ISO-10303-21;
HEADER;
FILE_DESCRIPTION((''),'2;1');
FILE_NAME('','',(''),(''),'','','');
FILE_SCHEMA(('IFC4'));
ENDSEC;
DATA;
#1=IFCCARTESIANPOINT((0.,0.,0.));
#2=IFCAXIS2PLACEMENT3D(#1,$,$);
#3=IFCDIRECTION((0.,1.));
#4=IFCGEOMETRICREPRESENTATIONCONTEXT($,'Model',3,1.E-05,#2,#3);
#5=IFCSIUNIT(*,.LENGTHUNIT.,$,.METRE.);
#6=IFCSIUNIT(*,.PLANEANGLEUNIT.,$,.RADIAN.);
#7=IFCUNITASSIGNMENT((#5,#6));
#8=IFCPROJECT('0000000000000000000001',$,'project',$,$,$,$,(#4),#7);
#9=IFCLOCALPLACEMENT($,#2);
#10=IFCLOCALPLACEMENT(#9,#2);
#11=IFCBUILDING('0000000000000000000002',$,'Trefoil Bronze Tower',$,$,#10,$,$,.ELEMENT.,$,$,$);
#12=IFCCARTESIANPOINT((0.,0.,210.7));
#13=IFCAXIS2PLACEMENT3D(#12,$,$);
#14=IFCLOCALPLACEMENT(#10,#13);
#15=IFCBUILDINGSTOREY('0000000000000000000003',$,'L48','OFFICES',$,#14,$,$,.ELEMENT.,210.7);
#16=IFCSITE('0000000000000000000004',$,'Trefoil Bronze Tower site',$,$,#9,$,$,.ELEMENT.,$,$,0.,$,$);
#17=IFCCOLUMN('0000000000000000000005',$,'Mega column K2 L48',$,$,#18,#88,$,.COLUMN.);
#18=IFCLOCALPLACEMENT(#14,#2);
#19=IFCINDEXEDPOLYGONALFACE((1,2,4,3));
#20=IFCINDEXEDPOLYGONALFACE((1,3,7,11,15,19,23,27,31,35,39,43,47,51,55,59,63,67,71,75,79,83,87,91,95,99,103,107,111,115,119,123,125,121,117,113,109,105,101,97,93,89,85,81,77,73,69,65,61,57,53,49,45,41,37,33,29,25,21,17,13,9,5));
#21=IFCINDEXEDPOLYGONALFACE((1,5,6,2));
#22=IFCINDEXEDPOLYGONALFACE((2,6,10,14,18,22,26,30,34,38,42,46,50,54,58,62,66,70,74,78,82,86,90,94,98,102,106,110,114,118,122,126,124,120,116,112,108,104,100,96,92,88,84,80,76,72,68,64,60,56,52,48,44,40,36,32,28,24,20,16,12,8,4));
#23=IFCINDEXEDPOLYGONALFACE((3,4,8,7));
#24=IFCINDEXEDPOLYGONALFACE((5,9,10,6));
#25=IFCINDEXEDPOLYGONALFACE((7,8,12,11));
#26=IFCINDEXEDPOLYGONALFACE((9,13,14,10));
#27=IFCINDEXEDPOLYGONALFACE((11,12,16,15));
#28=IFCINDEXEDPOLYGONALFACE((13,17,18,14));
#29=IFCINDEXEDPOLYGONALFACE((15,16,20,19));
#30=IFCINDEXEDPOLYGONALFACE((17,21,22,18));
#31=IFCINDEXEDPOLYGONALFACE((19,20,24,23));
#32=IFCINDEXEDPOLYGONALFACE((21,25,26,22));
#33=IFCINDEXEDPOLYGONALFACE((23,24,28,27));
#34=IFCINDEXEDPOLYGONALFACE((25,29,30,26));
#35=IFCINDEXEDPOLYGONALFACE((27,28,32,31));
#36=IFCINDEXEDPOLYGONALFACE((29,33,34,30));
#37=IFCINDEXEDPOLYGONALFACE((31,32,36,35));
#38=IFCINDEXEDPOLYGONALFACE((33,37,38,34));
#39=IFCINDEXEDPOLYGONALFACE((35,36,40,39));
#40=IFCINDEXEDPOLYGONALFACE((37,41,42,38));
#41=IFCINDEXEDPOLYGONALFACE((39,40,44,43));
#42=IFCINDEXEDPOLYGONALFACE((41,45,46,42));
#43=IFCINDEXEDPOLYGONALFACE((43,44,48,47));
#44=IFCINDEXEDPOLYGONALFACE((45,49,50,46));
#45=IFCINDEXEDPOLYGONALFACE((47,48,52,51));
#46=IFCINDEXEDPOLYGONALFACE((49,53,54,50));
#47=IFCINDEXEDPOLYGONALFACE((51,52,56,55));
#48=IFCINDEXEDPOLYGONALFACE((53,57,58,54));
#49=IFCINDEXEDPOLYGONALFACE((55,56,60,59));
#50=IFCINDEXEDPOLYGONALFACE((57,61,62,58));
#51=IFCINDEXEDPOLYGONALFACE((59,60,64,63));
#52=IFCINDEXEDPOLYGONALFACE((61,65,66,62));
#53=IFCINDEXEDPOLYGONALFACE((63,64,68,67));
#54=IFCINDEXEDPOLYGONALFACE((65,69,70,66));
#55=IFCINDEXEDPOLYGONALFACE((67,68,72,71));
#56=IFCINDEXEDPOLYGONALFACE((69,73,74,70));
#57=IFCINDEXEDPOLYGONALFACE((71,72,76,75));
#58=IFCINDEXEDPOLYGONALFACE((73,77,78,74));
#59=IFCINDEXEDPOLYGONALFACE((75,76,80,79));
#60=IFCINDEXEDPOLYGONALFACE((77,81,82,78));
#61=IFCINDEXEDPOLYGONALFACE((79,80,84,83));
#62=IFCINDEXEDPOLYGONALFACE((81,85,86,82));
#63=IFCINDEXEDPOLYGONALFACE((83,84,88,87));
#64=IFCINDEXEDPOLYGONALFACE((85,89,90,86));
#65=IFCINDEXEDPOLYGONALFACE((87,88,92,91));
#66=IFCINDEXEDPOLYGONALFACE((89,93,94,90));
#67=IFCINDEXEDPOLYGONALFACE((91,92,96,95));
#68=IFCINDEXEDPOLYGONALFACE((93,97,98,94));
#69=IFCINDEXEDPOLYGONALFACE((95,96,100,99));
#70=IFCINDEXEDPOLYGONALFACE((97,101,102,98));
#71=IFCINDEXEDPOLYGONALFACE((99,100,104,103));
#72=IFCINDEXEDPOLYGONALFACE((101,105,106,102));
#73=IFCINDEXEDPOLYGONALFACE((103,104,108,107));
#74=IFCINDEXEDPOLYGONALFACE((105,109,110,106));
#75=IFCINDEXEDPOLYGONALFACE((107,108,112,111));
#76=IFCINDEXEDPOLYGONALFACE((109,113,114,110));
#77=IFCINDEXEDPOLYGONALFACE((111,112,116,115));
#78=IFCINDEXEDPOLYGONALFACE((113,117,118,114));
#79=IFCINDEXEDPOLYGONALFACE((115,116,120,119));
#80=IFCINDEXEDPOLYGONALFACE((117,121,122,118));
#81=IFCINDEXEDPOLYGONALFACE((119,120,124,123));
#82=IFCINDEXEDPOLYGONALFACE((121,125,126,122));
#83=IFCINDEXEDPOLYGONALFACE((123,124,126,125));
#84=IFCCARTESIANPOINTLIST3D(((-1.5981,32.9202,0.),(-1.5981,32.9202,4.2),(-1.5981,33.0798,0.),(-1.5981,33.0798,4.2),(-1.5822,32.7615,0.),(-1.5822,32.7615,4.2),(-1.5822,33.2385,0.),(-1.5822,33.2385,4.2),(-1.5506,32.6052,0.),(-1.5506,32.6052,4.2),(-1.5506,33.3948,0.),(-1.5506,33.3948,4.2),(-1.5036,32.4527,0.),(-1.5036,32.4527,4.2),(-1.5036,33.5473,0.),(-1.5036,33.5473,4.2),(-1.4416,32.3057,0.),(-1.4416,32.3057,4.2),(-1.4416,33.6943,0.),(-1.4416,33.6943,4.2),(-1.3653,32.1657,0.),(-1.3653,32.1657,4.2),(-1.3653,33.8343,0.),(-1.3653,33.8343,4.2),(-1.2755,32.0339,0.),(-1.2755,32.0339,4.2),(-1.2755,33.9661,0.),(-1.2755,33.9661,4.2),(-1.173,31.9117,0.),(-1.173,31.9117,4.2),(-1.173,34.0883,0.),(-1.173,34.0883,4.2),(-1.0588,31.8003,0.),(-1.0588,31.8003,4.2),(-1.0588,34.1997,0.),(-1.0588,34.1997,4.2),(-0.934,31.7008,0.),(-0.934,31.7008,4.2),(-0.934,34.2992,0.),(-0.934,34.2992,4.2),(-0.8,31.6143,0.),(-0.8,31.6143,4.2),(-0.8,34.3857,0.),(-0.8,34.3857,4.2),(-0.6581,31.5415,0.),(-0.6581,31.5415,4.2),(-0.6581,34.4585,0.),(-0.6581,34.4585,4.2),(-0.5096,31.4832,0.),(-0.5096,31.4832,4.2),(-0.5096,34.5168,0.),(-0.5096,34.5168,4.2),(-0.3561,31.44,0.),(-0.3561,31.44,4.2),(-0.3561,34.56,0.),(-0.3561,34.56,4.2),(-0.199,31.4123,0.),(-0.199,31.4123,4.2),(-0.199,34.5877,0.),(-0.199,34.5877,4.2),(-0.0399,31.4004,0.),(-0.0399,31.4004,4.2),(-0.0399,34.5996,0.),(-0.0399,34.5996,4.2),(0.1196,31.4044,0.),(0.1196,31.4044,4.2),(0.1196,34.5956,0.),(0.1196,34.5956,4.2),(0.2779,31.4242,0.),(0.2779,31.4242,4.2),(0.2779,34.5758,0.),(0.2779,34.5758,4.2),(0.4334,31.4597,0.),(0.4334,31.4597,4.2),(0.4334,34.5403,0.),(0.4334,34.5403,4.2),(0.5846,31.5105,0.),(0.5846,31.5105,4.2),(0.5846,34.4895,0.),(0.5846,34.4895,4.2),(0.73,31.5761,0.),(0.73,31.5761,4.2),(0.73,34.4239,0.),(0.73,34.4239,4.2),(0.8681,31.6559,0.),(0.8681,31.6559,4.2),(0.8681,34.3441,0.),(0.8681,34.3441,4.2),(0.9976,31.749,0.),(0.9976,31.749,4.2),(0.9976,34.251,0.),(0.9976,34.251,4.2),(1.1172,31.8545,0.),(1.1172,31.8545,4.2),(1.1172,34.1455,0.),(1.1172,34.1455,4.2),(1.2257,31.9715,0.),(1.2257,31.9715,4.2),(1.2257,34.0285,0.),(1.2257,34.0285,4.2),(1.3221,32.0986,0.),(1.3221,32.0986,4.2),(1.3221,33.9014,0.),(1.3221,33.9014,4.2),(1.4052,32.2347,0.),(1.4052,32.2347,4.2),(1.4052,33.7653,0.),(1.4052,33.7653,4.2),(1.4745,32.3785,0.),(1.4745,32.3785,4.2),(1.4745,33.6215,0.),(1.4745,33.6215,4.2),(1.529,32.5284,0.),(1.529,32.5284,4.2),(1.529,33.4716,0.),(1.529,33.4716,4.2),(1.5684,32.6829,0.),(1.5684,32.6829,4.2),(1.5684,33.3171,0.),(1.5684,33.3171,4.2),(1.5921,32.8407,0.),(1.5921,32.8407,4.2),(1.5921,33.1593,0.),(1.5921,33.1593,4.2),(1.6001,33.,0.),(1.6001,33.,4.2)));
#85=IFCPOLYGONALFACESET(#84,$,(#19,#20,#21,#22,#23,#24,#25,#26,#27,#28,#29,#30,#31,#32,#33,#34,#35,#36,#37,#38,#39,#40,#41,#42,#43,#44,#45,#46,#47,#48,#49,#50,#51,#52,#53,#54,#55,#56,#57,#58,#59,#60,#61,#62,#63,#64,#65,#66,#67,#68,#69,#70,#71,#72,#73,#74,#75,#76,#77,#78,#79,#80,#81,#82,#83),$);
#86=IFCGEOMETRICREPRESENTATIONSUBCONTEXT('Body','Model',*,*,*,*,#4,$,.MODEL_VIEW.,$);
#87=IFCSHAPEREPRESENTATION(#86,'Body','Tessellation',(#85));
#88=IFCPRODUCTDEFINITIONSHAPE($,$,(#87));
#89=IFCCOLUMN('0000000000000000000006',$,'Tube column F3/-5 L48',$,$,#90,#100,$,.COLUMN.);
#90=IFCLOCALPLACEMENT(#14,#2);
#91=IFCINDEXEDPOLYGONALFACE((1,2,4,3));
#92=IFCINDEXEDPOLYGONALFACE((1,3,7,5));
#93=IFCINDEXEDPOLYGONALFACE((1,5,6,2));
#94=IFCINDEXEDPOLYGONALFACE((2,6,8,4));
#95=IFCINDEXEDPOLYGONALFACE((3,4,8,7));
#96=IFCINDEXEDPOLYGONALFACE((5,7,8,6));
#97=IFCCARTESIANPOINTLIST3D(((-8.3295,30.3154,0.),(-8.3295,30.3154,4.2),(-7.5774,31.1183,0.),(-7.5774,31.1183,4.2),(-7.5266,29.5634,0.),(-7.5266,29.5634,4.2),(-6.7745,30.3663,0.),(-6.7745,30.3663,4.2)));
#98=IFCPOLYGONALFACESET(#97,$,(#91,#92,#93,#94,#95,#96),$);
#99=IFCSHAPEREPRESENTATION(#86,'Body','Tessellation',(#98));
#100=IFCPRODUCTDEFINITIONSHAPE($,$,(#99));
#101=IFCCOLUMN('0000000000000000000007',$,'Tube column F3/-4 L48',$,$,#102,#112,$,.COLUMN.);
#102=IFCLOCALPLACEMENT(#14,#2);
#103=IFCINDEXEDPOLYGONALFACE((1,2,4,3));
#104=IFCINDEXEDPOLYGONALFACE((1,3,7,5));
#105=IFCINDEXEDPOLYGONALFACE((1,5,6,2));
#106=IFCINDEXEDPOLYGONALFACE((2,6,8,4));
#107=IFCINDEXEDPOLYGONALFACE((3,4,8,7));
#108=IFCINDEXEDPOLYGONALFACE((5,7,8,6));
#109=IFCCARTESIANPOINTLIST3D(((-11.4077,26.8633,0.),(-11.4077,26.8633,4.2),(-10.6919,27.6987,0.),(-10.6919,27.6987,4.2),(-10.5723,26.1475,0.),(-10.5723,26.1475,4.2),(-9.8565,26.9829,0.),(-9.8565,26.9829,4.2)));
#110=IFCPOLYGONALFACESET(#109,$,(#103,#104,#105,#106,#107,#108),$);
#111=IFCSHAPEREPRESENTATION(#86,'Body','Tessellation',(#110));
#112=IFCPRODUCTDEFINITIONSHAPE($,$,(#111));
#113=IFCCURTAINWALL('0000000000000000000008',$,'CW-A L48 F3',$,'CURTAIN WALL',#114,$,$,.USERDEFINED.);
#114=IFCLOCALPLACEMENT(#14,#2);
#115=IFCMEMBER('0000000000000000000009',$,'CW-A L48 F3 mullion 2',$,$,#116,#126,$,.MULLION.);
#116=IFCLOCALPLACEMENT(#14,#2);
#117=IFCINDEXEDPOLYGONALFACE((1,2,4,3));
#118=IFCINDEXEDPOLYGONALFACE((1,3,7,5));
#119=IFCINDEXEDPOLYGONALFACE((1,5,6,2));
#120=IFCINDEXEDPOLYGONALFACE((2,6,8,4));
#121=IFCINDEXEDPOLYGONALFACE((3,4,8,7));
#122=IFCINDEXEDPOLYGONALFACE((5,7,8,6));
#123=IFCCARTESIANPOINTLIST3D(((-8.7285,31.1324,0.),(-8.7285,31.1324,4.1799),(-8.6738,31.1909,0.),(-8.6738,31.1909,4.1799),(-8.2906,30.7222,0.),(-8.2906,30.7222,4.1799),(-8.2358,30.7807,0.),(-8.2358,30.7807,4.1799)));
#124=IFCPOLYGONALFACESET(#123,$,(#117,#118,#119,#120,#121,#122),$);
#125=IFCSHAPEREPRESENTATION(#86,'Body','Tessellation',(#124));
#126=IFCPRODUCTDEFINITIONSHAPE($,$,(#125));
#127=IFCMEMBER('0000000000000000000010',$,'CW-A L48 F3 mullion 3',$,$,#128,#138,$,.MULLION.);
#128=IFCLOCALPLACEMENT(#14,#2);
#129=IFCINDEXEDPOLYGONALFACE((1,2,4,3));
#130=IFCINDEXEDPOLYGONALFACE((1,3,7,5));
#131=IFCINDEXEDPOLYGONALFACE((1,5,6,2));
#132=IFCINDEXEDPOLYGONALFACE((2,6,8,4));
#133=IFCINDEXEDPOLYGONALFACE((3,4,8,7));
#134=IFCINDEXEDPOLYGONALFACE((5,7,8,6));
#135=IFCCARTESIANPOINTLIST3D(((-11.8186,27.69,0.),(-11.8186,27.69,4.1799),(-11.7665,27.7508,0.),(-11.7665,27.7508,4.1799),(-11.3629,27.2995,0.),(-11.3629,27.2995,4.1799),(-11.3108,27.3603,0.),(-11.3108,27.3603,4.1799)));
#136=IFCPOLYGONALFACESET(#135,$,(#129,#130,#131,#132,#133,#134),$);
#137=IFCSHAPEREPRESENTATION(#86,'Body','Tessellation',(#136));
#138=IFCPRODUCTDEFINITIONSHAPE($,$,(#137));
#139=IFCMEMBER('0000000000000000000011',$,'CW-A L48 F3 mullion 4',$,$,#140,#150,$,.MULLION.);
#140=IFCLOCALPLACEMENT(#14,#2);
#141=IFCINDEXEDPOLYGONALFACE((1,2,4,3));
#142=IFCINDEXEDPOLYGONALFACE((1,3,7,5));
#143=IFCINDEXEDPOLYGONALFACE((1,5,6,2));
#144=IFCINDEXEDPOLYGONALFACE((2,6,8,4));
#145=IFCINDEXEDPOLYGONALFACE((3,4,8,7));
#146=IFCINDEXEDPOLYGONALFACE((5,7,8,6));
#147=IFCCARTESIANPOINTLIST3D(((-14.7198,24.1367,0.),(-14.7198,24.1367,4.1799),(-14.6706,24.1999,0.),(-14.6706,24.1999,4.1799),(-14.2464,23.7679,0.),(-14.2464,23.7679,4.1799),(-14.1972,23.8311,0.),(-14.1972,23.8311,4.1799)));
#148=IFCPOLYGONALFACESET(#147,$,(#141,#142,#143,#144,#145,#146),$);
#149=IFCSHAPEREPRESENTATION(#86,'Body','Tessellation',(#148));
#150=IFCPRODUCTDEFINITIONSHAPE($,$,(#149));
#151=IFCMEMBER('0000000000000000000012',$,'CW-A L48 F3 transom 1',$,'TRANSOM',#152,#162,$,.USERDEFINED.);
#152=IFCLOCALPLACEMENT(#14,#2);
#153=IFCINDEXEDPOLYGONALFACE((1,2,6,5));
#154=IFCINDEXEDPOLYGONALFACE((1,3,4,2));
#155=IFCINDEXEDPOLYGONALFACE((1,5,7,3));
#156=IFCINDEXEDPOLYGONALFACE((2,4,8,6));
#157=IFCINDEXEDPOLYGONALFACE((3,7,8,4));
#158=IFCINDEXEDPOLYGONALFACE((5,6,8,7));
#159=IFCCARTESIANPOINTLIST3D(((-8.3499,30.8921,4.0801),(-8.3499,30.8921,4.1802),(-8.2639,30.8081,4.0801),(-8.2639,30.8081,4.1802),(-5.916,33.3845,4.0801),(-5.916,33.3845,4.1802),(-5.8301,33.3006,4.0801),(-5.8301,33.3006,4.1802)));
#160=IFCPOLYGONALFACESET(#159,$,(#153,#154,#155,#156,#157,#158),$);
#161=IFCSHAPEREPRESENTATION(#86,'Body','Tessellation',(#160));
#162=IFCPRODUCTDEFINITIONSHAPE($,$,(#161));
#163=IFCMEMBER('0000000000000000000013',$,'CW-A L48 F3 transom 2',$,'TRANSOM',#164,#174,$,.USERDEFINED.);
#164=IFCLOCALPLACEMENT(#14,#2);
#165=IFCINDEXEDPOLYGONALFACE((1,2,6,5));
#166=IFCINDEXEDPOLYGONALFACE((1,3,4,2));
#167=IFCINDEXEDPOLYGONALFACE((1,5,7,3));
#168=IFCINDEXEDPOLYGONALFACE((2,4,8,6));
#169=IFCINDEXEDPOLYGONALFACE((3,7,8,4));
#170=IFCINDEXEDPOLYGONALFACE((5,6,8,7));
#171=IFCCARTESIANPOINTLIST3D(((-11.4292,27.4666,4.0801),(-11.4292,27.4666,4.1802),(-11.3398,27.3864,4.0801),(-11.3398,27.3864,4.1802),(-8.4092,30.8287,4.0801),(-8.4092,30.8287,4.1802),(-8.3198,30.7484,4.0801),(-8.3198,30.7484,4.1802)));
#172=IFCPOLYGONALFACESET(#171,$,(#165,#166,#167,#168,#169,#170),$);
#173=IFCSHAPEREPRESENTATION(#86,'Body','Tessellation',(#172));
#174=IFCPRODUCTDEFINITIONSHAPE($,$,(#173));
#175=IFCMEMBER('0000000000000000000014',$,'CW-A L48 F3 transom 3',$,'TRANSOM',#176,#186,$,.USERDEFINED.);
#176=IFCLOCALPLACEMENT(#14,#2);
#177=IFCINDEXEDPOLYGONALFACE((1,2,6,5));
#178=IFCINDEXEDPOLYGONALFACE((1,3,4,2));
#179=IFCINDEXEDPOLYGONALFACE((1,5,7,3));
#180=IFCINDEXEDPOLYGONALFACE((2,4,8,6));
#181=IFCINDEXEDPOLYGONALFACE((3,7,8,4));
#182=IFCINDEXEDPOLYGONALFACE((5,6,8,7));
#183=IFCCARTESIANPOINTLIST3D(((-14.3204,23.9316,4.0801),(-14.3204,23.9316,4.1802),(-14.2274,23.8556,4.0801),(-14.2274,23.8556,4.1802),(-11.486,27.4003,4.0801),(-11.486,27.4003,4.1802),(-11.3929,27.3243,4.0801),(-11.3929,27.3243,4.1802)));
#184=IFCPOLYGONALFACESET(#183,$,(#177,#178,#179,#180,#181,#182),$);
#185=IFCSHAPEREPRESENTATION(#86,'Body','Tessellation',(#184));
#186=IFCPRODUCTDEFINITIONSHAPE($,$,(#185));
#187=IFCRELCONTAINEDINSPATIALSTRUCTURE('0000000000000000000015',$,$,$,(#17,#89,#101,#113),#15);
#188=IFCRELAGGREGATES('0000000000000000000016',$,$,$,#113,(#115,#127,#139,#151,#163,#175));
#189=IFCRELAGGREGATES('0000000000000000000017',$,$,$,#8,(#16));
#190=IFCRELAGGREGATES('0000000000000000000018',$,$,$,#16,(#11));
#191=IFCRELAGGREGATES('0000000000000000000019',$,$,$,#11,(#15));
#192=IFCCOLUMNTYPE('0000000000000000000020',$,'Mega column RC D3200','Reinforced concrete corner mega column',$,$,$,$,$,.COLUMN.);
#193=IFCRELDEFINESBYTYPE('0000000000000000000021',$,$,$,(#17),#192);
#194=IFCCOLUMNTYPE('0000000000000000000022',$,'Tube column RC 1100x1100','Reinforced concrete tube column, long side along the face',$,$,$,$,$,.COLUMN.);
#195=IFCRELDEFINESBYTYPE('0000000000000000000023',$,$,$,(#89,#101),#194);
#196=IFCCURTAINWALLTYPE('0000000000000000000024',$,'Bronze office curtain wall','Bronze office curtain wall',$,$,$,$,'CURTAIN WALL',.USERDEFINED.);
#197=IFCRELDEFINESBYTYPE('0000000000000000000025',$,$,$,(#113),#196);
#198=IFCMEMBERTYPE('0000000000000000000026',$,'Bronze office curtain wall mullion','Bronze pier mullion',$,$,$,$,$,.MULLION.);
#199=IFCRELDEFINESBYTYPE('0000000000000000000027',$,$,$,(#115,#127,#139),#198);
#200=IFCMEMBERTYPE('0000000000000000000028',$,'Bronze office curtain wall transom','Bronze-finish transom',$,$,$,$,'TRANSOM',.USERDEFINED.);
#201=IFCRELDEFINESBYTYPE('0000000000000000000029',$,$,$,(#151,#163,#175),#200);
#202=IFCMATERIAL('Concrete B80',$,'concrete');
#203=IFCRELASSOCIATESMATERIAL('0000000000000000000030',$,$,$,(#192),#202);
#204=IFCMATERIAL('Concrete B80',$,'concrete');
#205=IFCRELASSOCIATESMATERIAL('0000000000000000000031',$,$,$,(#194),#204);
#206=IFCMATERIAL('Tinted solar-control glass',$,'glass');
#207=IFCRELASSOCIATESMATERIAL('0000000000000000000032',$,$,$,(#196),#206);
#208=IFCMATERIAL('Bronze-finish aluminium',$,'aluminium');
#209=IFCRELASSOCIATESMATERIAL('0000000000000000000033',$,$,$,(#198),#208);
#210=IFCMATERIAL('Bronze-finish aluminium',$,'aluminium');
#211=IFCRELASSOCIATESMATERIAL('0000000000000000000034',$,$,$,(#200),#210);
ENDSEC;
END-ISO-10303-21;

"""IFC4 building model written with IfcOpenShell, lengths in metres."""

from ifc_helpers import new_model, si_unit, direction, frame, origin, origin_2d, place, context, subcontext, project, spatial, rectangle, circle, extrude, material, material_profile, profile_set, type_object, element, aggregate, save


model = new_model("IFC4")

# Units and contexts
model_context = context("Model", 3, precision=1e-05, world=origin(), true_north=direction((0.0, 1.0)))
body_context = subcontext(model_context, "Body", "Model", "MODEL_VIEW")
ifc_project = project(units=[si_unit("LENGTHUNIT", "METRE"), si_unit("PLANEANGLEUNIT", "RADIAN")], contexts=[model_context])

# Site, building, storey
site_placement = place(None, origin())
site = spatial("IfcSite", under=ifc_project, at=site_placement, Name="Trefoil Bronze Tower site", CompositionType="ELEMENT", RefElevation=0.0)
building_placement = place(site_placement, origin())
building = spatial("IfcBuilding", under=site, at=building_placement, Name="Trefoil Bronze Tower", CompositionType="ELEMENT")
storey_placement = place(building_placement, frame((0.0, 0.0, 210.7)))
storey = spatial("IfcBuildingStorey", under=building, at=storey_placement, Name="L48", Description="OFFICES", CompositionType="ELEMENT", Elevation=210.7)

# Columns
ifc_material_1 = material(Name="Concrete B80", Category="concrete")
ifc_material_profile_1 = material_profile(ifc_material_1, circle(Radius=1.6001, at=origin_2d()), Name="RC D3200")
ifc_profile_set_1 = profile_set([ifc_material_profile_1], Name="Concrete B80")
column_type_1 = type_object("IfcColumnType", Name="Mega column RC D3200", Description="Reinforced concrete corner mega column", PredefinedType="COLUMN", material=ifc_profile_set_1)
column_placement = place(storey_placement, frame((0.0, 33.0, 0.0), z_axis=(0.0, 0.0, 1.0), x_axis=(1.0, 0.0, 0.0)))
element("IfcColumn", 1, at=column_placement, inside=storey, type_object=column_type_1, Name="Mega column K2 L48", PredefinedType="COLUMN", context=body_context, shape_type="SweptSolid", body=[
    extrude(circle(Radius=1.6001, at=origin_2d()), origin(), (0.0, 0.0, 1.0), 4.2),
])
ifc_material_2 = material(Name="Concrete B80", Category="concrete")
ifc_material_profile_2 = material_profile(ifc_material_2, rectangle(XDim=1.1001, YDim=1.1001, at=origin_2d()), Name="RC 1100x1100")
ifc_profile_set_2 = profile_set([ifc_material_profile_2], Name="Concrete B80")
column_type_2 = type_object("IfcColumnType", Name="Tube column RC 1100x1100", Description="Reinforced concrete tube column, long side along the face", PredefinedType="COLUMN", material=ifc_profile_set_2)
for number, where, z_axis, x_axis, name in (
    (2, (-7.552, 30.3408, 0.0), (0.0, 0.0, 1.0), (-0.683597, -0.72986, 0.0), "Tube column F3/-5 L48"),
    (3, (-10.6321, 26.9231, 0.0), (0.0, 0.0, 1.0), (-0.650677, -0.759355, 0.0), "Tube column F3/-4 L48"),
):
    element("IfcColumn", number, at=place(storey_placement, frame(where, z_axis=z_axis, x_axis=x_axis)), inside=storey, type_object=column_type_2, Name=name, PredefinedType="COLUMN", context=body_context, shape_type="SweptSolid", body=[
        extrude(rectangle(XDim=1.1001, YDim=1.1001, at=origin_2d()), origin(), (0.0, 0.0, 1.0), 4.2),
    ])

# Curtain wall, members
ifc_material_3 = material(Name="Tinted solar-control glass", Category="glass")
curtain_wall_type_1 = type_object("IfcCurtainWallType", Name="Bronze office curtain wall", Description="Bronze office curtain wall", ElementType="CURTAIN WALL", PredefinedType="USERDEFINED", material=ifc_material_3)
curtain_wall_1_placement = place(storey_placement, origin())
curtain_wall_1 = element("IfcCurtainWall", 4, at=curtain_wall_1_placement, inside=storey, type_object=curtain_wall_type_1, Name="CW-A L48 F3", ObjectType="CURTAIN WALL", PredefinedType="USERDEFINED")
ifc_material_4 = material(Name="Bronze-finish aluminium", Category="aluminium")
ifc_material_profile_3 = material_profile(ifc_material_4, rectangle(XDim=0.6001, YDim=0.0801, at=origin_2d()), Name="CW-A mullion")
ifc_profile_set_3 = profile_set([ifc_material_profile_3], Name="Bronze-finish aluminium")
member_type_1 = type_object("IfcMemberType", Name="Bronze office curtain wall mullion", Description="Bronze pier mullion", PredefinedType="MULLION", material=ifc_profile_set_3)
member_1_placement = place(storey_placement, frame((-8.4822, 30.9565, 0.0), z_axis=(0.0, 0.0, 1.0), x_axis=(0.72986, -0.683597, 0.0)))
member_1 = element("IfcMember", 5, at=member_1_placement, type_object=member_type_1, Name="CW-A L48 F3 mullion 2", PredefinedType="MULLION", context=body_context, shape_type="SweptSolid", body=[
    extrude(rectangle(XDim=0.6001, YDim=0.0801, at=origin_2d()), origin(), (0.0, 0.0, 1.0), 4.1799),
])
member_2_placement = place(storey_placement, frame((-11.5647, 27.5251, 0.0), z_axis=(0.0, 0.0, 1.0), x_axis=(0.759355, -0.650677, 0.0)))
member_2 = element("IfcMember", 6, at=member_2_placement, type_object=member_type_1, Name="CW-A L48 F3 mullion 3", PredefinedType="MULLION", context=body_context, shape_type="SweptSolid", body=[
    extrude(rectangle(XDim=0.6001, YDim=0.0801, at=origin_2d()), origin(), (0.0, 0.0, 1.0), 4.1799),
])
member_3_placement = place(storey_placement, frame((-14.4585, 23.9839, 0.0), z_axis=(0.0, 0.0, 1.0), x_axis=(0.788821, -0.614622, 0.0)))
member_3 = element("IfcMember", 7, at=member_3_placement, type_object=member_type_1, Name="CW-A L48 F3 mullion 4", PredefinedType="MULLION", context=body_context, shape_type="SweptSolid", body=[
    extrude(rectangle(XDim=0.6001, YDim=0.0801, at=origin_2d()), origin(), (0.0, 0.0, 1.0), 4.1799),
])
ifc_material_5 = material(Name="Bronze-finish aluminium", Category="aluminium")
ifc_material_profile_4 = material_profile(ifc_material_5, rectangle(XDim=0.1201, YDim=0.1001, at=origin_2d()), Name="CW-A transom")
ifc_profile_set_4 = profile_set([ifc_material_profile_4], Name="Bronze-finish aluminium")
member_type_2 = type_object("IfcMemberType", Name="Bronze office curtain wall transom", Description="Bronze-finish transom", ElementType="TRANSOM", PredefinedType="USERDEFINED", material=ifc_profile_set_4)
member_4_placement = place(storey_placement, frame((-5.873, 33.3425, 4.1301), z_axis=(-0.698647, -0.715467, 0.0), x_axis=(0.715467, -0.698647, 0.0)))
member_4 = element("IfcMember", 8, at=member_4_placement, type_object=member_type_2, Name="CW-A L48 F3 transom 1", ObjectType="TRANSOM", PredefinedType="USERDEFINED", context=body_context, shape_type="SweptSolid", body=[
    extrude(rectangle(XDim=0.1201, YDim=0.1001, at=origin_2d()), origin(), (0.0, 0.0, 1.0), 3.4836),
])
member_5_placement = place(storey_placement, frame((-8.3645, 30.7886, 4.1301), z_axis=(-0.668251, -0.743936, 0.0), x_axis=(0.743936, -0.668251, 0.0)))
member_5 = element("IfcMember", 9, at=member_5_placement, type_object=member_type_2, Name="CW-A L48 F3 transom 2", ObjectType="TRANSOM", PredefinedType="USERDEFINED", context=body_context, shape_type="SweptSolid", body=[
    extrude(rectangle(XDim=0.1201, YDim=0.1001, at=origin_2d()), origin(), (0.0, 0.0, 1.0), 4.5193),
])
member_6_placement = place(storey_placement, frame((-11.4395, 27.3623, 4.1301), z_axis=(-0.632757, -0.774351, 0.0), x_axis=(0.774351, -0.632757, 0.0)))
member_6 = element("IfcMember", 10, at=member_6_placement, type_object=member_type_2, Name="CW-A L48 F3 transom 3", ObjectType="TRANSOM", PredefinedType="USERDEFINED", context=body_context, shape_type="SweptSolid", body=[
    extrude(rectangle(XDim=0.1201, YDim=0.1001, at=origin_2d()), origin(), (0.0, 0.0, 1.0), 4.4795),
])

aggregate(curtain_wall_1, [member_1, member_2, member_3, member_4, member_5, member_6])

save(model, "model.ifc")
